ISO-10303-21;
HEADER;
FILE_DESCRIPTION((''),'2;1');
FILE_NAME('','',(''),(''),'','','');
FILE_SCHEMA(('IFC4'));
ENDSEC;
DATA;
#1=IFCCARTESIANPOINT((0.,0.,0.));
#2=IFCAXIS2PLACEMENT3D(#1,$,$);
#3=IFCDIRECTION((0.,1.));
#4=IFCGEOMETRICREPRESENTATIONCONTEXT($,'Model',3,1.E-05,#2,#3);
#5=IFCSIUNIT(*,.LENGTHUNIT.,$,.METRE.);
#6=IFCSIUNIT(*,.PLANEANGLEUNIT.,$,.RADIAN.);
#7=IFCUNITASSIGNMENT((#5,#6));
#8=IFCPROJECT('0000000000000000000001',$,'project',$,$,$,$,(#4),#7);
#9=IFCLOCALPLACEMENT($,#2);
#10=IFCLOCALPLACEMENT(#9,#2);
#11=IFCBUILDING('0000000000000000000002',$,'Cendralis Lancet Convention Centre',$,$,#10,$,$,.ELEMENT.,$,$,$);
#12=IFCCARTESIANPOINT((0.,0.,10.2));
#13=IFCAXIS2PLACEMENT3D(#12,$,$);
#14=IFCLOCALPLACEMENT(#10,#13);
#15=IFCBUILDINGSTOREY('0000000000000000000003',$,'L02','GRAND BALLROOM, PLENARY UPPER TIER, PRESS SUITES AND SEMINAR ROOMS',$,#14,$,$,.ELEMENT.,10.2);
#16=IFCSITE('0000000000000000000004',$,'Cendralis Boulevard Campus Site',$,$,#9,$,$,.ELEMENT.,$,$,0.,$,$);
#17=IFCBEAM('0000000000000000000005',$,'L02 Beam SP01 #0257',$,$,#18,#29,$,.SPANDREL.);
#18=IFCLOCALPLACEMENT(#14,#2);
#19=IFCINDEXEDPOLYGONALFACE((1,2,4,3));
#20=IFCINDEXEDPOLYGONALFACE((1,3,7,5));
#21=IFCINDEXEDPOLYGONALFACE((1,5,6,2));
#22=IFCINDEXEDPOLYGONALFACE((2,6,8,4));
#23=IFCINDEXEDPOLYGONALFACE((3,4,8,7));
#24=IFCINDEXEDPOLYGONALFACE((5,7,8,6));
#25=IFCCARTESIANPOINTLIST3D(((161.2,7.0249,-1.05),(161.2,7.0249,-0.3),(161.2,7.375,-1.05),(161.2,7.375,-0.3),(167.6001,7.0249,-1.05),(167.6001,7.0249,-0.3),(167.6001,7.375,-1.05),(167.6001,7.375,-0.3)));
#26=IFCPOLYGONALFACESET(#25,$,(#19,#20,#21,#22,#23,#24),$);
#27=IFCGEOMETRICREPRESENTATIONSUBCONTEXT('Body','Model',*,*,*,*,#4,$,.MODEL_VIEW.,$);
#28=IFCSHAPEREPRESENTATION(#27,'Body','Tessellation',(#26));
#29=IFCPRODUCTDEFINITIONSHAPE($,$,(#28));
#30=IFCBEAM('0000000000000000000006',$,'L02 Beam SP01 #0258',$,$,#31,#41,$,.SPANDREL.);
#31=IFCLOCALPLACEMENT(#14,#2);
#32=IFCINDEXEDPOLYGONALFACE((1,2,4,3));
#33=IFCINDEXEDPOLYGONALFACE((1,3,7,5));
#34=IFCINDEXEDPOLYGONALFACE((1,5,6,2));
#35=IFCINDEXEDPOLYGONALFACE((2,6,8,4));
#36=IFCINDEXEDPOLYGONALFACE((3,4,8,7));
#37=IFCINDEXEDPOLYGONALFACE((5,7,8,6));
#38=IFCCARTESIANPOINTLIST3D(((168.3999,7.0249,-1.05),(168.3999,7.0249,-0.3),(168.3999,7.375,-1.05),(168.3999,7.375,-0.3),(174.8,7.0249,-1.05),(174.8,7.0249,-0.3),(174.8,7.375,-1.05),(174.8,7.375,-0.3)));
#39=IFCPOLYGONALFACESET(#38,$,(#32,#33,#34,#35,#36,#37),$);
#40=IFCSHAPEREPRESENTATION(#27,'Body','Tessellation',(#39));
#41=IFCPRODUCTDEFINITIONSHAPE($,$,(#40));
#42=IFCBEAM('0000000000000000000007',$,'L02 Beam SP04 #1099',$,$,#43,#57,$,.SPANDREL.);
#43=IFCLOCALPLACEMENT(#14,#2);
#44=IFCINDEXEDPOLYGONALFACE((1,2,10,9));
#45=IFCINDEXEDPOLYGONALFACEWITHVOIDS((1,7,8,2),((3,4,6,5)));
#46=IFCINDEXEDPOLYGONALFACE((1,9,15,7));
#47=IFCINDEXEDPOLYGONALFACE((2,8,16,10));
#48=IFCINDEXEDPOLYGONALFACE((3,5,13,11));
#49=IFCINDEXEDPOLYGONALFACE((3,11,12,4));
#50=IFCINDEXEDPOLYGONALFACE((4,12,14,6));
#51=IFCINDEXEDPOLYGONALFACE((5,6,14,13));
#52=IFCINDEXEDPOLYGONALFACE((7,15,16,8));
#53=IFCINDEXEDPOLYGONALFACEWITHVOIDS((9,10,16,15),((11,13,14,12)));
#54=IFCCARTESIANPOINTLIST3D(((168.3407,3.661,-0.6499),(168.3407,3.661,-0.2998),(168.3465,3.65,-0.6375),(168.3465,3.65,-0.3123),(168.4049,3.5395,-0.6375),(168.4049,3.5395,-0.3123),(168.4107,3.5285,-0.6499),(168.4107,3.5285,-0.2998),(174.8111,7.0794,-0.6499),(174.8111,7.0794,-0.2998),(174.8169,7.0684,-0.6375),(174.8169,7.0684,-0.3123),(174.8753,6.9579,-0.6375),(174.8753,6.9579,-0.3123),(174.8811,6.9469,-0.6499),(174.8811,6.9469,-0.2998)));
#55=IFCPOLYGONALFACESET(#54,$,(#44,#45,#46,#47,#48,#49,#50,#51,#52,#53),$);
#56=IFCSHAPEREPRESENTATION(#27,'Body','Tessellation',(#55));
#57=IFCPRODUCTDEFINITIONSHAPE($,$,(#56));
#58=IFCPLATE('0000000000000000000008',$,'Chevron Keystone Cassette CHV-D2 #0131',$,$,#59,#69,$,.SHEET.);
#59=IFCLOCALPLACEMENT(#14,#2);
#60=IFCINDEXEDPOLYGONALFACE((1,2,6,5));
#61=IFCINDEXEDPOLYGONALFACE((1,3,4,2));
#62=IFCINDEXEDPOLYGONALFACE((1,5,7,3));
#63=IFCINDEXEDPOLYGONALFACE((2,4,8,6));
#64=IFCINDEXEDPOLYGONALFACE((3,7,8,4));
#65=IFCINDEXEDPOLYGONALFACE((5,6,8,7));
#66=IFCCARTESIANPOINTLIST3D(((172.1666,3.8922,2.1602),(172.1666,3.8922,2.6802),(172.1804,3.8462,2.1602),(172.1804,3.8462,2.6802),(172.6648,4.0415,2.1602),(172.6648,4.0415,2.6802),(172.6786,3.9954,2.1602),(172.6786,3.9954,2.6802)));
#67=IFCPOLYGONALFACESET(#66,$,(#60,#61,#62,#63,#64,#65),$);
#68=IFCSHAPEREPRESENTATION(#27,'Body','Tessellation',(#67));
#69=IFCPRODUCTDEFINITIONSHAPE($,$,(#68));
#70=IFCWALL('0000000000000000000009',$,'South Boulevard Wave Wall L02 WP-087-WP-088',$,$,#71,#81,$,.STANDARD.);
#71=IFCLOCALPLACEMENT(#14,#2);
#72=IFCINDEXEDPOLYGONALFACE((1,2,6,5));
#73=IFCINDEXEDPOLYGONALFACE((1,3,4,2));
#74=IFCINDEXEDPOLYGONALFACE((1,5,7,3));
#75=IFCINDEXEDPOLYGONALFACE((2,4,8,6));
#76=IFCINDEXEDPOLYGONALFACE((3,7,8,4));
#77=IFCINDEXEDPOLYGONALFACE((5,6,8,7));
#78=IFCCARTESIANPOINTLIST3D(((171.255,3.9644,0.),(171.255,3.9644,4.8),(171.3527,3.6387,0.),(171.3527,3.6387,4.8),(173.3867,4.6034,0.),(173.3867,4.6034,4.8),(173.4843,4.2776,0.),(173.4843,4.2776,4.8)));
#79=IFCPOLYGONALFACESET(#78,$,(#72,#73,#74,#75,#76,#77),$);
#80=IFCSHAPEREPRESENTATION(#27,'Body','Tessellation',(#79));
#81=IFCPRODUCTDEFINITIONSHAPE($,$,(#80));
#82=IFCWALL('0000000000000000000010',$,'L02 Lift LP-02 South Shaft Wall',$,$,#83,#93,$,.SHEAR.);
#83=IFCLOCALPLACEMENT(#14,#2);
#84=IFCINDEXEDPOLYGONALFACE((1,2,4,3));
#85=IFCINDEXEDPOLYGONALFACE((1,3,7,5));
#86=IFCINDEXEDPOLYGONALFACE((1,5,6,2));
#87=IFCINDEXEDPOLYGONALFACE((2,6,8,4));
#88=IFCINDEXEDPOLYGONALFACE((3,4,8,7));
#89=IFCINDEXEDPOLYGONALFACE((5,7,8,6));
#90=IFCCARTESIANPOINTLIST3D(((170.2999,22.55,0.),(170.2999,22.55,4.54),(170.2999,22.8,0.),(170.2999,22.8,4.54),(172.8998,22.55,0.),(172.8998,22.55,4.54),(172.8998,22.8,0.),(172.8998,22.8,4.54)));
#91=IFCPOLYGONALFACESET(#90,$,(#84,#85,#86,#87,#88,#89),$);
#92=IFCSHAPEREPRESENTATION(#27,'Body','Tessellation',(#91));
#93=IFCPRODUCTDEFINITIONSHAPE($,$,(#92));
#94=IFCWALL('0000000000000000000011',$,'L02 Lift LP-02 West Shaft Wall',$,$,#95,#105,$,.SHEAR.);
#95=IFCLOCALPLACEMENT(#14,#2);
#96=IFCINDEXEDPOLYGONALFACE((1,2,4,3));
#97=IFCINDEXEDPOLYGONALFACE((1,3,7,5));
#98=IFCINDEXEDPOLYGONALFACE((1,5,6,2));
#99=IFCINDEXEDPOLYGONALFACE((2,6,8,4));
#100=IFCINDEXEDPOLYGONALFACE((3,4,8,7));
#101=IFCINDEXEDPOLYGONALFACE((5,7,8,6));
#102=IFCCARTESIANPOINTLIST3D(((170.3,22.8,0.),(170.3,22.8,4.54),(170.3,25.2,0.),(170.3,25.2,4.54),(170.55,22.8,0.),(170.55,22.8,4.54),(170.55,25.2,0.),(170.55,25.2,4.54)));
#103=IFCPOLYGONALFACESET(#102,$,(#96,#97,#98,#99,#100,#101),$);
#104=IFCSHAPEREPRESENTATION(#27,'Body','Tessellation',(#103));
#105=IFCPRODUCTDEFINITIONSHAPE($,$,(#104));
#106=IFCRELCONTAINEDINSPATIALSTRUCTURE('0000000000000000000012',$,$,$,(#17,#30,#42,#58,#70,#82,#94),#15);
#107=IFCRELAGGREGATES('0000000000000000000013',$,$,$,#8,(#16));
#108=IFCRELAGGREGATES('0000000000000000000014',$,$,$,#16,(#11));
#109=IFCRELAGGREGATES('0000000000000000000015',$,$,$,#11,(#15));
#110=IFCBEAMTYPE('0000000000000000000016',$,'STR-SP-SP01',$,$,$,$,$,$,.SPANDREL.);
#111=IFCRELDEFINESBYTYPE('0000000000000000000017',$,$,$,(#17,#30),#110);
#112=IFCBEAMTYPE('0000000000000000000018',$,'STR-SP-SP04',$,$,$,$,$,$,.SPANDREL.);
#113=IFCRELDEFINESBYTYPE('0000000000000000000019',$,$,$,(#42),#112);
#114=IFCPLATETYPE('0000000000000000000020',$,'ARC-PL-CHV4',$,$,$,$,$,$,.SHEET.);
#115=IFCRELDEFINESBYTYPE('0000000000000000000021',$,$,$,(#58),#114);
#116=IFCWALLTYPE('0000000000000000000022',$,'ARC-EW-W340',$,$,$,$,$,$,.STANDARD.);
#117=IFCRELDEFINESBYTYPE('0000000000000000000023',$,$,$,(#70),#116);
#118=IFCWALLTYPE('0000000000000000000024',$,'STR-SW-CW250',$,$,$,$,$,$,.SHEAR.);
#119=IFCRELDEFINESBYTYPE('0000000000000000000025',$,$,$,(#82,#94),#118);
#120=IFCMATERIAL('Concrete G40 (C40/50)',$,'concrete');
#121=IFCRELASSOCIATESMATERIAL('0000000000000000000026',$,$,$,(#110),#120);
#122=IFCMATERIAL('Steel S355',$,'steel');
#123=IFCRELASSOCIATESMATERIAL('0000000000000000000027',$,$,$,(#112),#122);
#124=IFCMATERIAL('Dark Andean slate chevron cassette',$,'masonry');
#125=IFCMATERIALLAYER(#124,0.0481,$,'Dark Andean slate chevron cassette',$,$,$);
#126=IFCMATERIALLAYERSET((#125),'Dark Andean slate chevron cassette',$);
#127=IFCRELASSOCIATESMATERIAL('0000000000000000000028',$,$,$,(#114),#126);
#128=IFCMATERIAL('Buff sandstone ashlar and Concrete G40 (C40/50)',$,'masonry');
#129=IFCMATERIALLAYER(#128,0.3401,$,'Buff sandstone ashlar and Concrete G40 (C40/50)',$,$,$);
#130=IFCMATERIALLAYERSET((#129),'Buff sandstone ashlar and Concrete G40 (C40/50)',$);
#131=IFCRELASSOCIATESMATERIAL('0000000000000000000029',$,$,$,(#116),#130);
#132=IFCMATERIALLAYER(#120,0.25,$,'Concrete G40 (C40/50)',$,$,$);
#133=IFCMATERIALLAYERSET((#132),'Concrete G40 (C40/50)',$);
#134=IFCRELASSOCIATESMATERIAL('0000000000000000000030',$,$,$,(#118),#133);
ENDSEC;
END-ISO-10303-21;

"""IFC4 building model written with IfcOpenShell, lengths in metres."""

from ifc_helpers import new_model, si_unit, direction, frame, frame_2d, origin, origin_2d, place, context, subcontext, project, spatial, rectangle, hollow_rectangle, extrude, material, layer, layer_set, material_profile, profile_set, type_object, element, save


model = new_model("IFC4")

# Units and contexts
model_context = context("Model", 3, precision=1e-05, world=origin(), true_north=direction((0.0, 1.0)))
body_context = subcontext(model_context, "Body", "Model", "MODEL_VIEW")
ifc_project = project(units=[si_unit("LENGTHUNIT", "METRE"), si_unit("PLANEANGLEUNIT", "RADIAN")], contexts=[model_context])

# Site, building, storey
site_placement = place(None, origin())
site = spatial("IfcSite", under=ifc_project, at=site_placement, Name="Cendralis Boulevard Campus Site", CompositionType="ELEMENT", RefElevation=0.0)
building_placement = place(site_placement, origin())
building = spatial("IfcBuilding", under=site, at=building_placement, Name="Cendralis Lancet Convention Centre", CompositionType="ELEMENT")
storey_placement = place(building_placement, frame((0.0, 0.0, 10.2)))
storey = spatial("IfcBuildingStorey", under=building, at=storey_placement, Name="L02", Description="GRAND BALLROOM, PLENARY UPPER TIER, PRESS SUITES AND SEMINAR ROOMS", CompositionType="ELEMENT", Elevation=10.2)

# Shared definitions
ifc_material_1 = material(Name="Concrete G40 (C40/50)", Category="concrete")

# Beams
ifc_material_2 = material(Name="Steel S355", Category="steel")
ifc_material_profile_1 = material_profile(ifc_material_1, rectangle(XDim=0.3501, YDim=0.75, at=origin_2d()), Name="RCB 350x750")
ifc_profile_set_1 = profile_set([ifc_material_profile_1], Name="Concrete G40 (C40/50)")
beam_type_1 = type_object("IfcBeamType", Name="STR-SP-SP01", PredefinedType="SPANDREL", material=ifc_profile_set_1)
for number, where, z_axis, x_axis, name in (
    (1, (161.2, 7.2, -0.675), (1.0, 0.0, 0.0), (0.0, 1.0, 0.0), "L02 Beam SP01 #0257"),
    (2, (168.3999, 7.2, -0.675), (1.0, 0.0, 0.0), (0.0, 1.0, 0.0), "L02 Beam SP01 #0258"),
):
    element("IfcBeam", number, at=place(storey_placement, frame(where, z_axis=z_axis, x_axis=x_axis)), inside=storey, type_object=beam_type_1, Name=name, PredefinedType="SPANDREL", context=body_context, shape_type="SweptSolid", body=[
        extrude(rectangle(XDim=0.3501, YDim=0.75, at=origin_2d()), origin(), (0.0, 0.0, 1.0), 6.4001),
    ])
ifc_material_profile_2 = material_profile(ifc_material_2, hollow_rectangle(XDim=0.1499, YDim=0.3501, WallThickness=0.0125, at=origin_2d()), Name="RHS 350x150x12.5")
ifc_profile_set_2 = profile_set([ifc_material_profile_2], Name="Steel S355")
beam_type_2 = type_object("IfcBeamType", Name="STR-SP-SP04", PredefinedType="SPANDREL", material=ifc_profile_set_2)
beam_1_placement = place(storey_placement, frame((168.3757, 3.5947, -0.4749), z_axis=(0.884188, 0.467132, 0.0), x_axis=(-0.467132, 0.884188, 0.0)))
element("IfcBeam", 3, at=beam_1_placement, inside=storey, type_object=beam_type_2, Name="L02 Beam SP04 #1099", PredefinedType="SPANDREL", context=body_context, shape_type="SweptSolid", body=[
    extrude(hollow_rectangle(XDim=0.1499, YDim=0.3501, WallThickness=0.0125, at=origin_2d()), origin(), (0.0, 0.0, 1.0), 7.3179),
])

# Plate
ifc_material_3 = material(Name="Dark Andean slate chevron cassette", Category="masonry")
ifc_layer_1 = layer(ifc_material_3, 0.0481, Name="Dark Andean slate chevron cassette")
ifc_layer_set_1 = layer_set([ifc_layer_1], Name="Dark Andean slate chevron cassette")
plate_type = type_object("IfcPlateType", Name="ARC-PL-CHV4", PredefinedType="SHEET", material=ifc_layer_set_1)
plate_placement = place(storey_placement, frame((172.4226, 3.9438, 2.1602), z_axis=(0.0, 0.0, 1.0), x_axis=(0.957918, 0.287043, 0.0)))
element("IfcPlate", 4, at=plate_placement, inside=storey, type_object=plate_type, Name="Chevron Keystone Cassette CHV-D2 #0131", PredefinedType="SHEET", context=body_context, shape_type="SweptSolid", body=[
    extrude(rectangle(XDim=0.52, YDim=0.0481, at=origin_2d()), origin(), (0.0, 0.0, 1.0), 0.52),
])

# Walls
ifc_material_4 = material(Name="Buff sandstone ashlar and Concrete G40 (C40/50)", Category="masonry")
ifc_layer_2 = layer(ifc_material_4, 0.3401, Name="Buff sandstone ashlar and Concrete G40 (C40/50)")
ifc_layer_set_2 = layer_set([ifc_layer_2], Name="Buff sandstone ashlar and Concrete G40 (C40/50)")
wall_type_1 = type_object("IfcWallType", Name="ARC-EW-W340", PredefinedType="STANDARD", material=ifc_layer_set_2)
wall_1_placement = place(storey_placement, frame((171.3037, 3.8015, 0.0), z_axis=(0.0, 0.0, 1.0), x_axis=(0.957896, 0.287116, 0.0)))
element("IfcWall", 5, at=wall_1_placement, inside=storey, type_object=wall_type_1, Name="South Boulevard Wave Wall L02 WP-087-WP-088", PredefinedType="STANDARD", context=body_context, shape_type="SweptSolid", body=[
    extrude(rectangle(XDim=2.2253, YDim=0.3401, at=frame_2d((1.1128, 0.0))), origin(), (0.0, 0.0, 1.0), 4.8),
])
ifc_layer_3 = layer(ifc_material_1, 0.25, Name="Concrete G40 (C40/50)")
ifc_layer_set_3 = layer_set([ifc_layer_3], Name="Concrete G40 (C40/50)")
wall_type_2 = type_object("IfcWallType", Name="STR-SW-CW250", PredefinedType="SHEAR", material=ifc_layer_set_3)
wall_2_placement = place(storey_placement, frame((170.3, 22.675, 0.0), z_axis=(0.0, 0.0, 1.0), x_axis=(1.0, 0.0, 0.0)))
element("IfcWall", 6, at=wall_2_placement, inside=storey, type_object=wall_type_2, Name="L02 Lift LP-02 South Shaft Wall", PredefinedType="SHEAR", context=body_context, shape_type="SweptSolid", body=[
    extrude(rectangle(XDim=2.5999, YDim=0.25, at=frame_2d((1.2998, 0.0))), origin(), (0.0, 0.0, 1.0), 4.54),
])
wall_3_placement = place(storey_placement, frame((170.425, 22.8, 0.0), z_axis=(0.0, 0.0, 1.0), x_axis=(0.0, 1.0, 0.0)))
element("IfcWall", 7, at=wall_3_placement, inside=storey, type_object=wall_type_2, Name="L02 Lift LP-02 West Shaft Wall", PredefinedType="SHEAR", context=body_context, shape_type="SweptSolid", body=[
    extrude(rectangle(XDim=2.3999, YDim=0.25, at=frame_2d((1.2, 0.0))), origin(), (0.0, 0.0, 1.0), 4.54),
])

save(model, "model.ifc")
